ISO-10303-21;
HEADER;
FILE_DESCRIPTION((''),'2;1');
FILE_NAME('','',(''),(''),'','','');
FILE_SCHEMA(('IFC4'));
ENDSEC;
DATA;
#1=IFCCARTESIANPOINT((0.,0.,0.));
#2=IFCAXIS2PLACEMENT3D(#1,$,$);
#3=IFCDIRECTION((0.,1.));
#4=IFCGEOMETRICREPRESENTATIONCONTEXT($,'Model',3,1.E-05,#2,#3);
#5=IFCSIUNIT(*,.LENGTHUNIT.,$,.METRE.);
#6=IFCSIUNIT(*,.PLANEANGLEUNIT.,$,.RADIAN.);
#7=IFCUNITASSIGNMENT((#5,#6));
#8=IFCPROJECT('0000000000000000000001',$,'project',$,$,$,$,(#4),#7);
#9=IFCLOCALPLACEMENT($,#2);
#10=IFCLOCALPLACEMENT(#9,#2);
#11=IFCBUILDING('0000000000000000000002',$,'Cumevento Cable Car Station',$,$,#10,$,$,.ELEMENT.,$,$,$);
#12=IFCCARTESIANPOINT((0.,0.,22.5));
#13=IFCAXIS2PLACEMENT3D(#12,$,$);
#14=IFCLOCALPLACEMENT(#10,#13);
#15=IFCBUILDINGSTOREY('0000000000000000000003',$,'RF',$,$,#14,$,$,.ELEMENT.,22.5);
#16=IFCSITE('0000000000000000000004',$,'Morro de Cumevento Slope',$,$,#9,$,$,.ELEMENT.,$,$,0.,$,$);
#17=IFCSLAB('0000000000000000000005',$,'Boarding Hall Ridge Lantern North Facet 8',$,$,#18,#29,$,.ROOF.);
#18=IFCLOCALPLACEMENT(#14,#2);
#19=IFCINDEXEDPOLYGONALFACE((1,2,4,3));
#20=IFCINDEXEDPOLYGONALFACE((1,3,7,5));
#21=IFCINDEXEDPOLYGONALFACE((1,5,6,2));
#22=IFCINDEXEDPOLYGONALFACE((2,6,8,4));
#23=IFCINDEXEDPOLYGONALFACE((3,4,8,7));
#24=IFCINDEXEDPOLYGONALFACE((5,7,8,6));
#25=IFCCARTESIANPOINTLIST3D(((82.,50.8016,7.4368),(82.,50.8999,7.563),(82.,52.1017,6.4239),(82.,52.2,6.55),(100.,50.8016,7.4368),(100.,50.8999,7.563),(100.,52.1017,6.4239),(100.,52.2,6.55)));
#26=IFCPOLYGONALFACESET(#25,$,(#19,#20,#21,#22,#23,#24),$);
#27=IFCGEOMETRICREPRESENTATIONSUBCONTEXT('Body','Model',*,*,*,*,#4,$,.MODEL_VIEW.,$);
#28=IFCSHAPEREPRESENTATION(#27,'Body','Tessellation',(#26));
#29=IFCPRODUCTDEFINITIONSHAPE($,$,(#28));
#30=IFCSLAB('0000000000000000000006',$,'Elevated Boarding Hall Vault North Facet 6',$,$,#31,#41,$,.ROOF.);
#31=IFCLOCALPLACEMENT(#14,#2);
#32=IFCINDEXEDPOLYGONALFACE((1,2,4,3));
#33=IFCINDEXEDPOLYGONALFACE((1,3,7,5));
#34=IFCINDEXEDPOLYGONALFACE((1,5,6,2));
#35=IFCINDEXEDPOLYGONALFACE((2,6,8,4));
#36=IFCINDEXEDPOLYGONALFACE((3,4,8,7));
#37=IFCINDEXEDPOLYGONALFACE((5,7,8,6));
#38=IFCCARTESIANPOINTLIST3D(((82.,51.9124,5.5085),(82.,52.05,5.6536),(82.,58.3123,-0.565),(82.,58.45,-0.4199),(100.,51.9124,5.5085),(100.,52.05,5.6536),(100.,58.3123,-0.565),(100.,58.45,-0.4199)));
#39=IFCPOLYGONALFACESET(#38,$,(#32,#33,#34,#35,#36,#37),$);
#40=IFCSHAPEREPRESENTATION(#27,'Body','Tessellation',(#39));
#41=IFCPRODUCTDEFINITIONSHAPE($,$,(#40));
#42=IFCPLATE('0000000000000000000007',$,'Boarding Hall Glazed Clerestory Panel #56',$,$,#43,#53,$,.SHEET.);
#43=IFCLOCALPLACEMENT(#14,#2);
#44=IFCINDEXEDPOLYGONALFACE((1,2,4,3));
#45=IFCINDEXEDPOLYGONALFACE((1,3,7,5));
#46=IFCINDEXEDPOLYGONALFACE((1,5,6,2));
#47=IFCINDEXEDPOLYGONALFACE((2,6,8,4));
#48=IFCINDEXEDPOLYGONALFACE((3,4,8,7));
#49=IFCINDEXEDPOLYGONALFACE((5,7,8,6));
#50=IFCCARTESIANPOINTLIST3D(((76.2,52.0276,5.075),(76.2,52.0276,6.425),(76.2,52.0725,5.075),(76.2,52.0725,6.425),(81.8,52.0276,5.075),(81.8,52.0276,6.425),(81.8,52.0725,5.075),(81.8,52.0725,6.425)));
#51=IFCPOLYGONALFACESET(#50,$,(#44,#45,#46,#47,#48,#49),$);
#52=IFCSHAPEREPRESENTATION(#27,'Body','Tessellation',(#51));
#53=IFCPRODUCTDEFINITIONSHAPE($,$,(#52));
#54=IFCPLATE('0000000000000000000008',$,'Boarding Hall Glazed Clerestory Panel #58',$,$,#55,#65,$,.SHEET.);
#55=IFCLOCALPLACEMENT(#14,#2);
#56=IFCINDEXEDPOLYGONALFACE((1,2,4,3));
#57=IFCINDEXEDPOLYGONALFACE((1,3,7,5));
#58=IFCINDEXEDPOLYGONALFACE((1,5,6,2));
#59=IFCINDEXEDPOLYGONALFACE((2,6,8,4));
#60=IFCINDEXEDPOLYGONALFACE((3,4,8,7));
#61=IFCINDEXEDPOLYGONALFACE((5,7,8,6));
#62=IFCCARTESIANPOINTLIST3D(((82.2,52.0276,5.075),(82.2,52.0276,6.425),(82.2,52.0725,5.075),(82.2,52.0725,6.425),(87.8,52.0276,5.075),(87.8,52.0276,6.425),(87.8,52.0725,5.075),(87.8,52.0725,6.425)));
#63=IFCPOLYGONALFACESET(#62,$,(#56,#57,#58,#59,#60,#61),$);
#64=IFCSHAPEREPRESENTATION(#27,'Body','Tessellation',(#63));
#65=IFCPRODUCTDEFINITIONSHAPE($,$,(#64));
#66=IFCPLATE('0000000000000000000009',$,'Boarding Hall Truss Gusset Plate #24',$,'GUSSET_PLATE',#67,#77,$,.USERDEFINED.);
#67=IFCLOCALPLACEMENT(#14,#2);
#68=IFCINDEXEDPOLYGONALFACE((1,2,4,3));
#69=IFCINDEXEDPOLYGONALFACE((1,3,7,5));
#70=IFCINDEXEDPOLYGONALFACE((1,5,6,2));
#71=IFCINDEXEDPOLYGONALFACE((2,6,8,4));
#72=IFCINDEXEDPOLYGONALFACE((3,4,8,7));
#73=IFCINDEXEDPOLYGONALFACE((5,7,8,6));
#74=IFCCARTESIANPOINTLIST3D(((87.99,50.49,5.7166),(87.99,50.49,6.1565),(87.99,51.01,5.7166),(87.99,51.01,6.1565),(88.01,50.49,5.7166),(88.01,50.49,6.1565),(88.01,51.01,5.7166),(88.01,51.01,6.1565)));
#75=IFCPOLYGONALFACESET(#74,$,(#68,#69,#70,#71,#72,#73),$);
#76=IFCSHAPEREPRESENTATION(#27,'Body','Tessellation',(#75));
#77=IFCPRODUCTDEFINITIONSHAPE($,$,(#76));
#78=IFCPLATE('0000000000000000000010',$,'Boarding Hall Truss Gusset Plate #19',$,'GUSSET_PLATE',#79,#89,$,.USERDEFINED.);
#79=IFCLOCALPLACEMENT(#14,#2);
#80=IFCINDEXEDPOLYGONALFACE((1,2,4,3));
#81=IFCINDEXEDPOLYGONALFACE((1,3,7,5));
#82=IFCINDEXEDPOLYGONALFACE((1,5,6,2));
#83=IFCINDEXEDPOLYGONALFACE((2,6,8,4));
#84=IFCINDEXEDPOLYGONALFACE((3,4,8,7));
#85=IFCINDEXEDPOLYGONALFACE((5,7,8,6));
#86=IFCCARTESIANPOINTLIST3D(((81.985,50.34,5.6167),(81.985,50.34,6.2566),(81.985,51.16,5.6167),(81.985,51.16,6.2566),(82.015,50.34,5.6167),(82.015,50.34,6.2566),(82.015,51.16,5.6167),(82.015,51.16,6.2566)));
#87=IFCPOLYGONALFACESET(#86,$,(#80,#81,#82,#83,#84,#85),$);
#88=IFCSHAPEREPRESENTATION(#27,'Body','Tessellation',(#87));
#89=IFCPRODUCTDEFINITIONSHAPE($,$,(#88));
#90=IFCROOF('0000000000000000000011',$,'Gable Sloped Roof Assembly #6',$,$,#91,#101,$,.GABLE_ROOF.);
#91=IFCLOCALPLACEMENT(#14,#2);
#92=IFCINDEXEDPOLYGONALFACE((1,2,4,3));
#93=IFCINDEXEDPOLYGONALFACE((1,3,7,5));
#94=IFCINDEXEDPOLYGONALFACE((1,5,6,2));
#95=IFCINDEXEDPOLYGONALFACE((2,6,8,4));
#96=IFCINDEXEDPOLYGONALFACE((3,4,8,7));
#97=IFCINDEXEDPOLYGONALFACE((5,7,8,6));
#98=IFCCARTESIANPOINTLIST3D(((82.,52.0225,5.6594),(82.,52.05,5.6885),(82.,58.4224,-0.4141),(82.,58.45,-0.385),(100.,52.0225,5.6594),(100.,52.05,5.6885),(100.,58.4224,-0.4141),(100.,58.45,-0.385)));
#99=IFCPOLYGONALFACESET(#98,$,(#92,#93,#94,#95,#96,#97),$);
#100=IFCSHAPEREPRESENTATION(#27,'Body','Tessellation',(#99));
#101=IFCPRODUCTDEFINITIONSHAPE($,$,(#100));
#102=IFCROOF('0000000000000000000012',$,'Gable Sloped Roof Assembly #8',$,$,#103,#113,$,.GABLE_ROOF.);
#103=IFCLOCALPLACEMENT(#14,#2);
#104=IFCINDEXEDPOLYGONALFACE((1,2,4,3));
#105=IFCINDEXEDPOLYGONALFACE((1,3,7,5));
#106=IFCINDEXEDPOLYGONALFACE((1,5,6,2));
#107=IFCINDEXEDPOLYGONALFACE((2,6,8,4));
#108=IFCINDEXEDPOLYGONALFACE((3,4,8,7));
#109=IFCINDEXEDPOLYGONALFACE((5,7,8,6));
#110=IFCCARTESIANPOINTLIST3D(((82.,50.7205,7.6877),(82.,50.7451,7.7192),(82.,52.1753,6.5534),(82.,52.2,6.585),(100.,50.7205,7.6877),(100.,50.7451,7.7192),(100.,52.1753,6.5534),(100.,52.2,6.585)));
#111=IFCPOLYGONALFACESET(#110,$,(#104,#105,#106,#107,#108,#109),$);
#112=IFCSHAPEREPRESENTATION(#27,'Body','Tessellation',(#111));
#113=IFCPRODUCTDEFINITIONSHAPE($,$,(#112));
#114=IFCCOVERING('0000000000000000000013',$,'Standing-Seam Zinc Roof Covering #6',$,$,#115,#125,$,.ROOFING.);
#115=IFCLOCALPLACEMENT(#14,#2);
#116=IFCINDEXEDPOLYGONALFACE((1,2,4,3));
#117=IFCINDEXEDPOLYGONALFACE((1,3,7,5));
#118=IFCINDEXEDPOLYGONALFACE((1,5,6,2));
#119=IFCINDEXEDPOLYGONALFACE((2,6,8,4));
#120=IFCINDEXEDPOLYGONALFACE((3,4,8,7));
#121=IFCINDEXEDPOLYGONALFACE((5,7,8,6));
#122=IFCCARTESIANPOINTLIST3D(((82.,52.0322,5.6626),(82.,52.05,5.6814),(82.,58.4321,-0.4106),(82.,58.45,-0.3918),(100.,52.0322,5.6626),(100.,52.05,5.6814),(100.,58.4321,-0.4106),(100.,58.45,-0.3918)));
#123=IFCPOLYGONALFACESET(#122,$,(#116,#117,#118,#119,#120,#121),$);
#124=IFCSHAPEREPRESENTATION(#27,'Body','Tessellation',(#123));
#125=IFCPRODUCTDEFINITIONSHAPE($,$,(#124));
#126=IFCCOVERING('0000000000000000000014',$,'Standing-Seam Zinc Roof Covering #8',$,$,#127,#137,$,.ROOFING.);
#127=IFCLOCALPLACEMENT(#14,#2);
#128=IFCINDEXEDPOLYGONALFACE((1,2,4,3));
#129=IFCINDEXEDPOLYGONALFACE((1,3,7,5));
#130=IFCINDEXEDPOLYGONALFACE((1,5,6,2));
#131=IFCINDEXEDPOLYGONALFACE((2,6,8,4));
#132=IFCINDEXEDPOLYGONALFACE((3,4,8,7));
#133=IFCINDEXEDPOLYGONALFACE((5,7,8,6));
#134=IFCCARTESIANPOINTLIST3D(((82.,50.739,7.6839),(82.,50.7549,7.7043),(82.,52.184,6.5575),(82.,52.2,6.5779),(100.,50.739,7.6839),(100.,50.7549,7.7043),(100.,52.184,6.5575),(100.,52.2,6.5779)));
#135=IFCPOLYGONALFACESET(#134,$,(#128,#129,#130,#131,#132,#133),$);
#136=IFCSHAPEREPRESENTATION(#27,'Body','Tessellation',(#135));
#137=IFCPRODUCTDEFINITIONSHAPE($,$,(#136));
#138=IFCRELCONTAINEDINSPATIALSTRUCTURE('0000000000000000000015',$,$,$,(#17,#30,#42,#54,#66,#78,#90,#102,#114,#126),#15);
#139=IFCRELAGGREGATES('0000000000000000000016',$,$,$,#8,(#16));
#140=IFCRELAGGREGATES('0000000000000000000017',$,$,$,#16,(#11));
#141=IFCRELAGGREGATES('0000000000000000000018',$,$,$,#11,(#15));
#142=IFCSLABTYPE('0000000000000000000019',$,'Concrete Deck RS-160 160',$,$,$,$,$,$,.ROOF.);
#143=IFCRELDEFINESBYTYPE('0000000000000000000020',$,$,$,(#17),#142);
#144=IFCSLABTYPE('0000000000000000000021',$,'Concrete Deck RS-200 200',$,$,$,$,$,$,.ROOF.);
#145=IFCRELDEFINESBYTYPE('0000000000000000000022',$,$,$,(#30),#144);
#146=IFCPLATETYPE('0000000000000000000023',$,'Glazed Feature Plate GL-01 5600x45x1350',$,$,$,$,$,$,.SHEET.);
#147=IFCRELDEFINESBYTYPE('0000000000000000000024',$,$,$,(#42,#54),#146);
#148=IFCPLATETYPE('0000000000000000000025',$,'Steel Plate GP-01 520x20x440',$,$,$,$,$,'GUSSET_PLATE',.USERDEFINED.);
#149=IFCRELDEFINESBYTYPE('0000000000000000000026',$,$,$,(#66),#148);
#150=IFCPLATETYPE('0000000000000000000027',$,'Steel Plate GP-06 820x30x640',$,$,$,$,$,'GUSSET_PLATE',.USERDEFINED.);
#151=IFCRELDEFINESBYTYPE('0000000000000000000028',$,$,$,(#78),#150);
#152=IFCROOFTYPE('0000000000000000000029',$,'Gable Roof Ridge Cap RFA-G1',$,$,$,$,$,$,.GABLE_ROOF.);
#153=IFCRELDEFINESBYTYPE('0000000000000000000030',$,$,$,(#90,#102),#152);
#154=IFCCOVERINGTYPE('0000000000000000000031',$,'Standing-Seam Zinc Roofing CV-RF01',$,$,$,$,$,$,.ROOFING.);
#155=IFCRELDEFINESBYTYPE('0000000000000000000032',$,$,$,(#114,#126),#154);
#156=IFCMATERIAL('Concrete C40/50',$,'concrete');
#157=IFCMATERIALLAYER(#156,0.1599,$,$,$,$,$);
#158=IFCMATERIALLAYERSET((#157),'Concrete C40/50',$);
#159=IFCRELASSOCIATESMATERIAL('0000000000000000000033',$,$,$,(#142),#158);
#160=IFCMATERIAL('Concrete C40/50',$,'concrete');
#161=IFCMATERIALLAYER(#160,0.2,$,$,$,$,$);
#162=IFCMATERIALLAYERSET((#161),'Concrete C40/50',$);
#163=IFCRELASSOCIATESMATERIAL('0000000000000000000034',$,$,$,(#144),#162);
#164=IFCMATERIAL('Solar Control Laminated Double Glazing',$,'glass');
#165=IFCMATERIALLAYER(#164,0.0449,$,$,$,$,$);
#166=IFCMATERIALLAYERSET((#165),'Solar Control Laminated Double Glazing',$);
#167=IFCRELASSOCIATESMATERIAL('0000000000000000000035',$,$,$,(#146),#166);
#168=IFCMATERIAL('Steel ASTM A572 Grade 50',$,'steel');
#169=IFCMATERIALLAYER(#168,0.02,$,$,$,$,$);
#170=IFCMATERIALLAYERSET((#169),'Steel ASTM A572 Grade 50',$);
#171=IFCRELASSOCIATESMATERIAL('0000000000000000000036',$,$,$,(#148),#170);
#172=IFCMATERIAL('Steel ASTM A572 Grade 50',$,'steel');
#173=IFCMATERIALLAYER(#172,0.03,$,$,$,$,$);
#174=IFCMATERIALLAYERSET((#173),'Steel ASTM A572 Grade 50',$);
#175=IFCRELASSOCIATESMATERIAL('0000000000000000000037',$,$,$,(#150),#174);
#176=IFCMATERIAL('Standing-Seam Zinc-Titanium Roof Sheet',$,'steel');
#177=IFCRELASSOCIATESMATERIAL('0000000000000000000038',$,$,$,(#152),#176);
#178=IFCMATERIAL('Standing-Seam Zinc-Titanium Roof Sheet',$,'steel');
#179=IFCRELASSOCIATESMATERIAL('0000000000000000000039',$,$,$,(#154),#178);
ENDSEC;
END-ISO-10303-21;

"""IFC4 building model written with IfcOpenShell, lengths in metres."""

from ifc_helpers import new_model, si_unit, direction, frame, origin, origin_2d, place, context, subcontext, project, spatial, polyline, rectangle, outline, extrude, material, layer, layer_set, type_object, element, save


model = new_model("IFC4")

# Units and contexts
model_context = context("Model", 3, precision=1e-05, world=origin(), true_north=direction((0.0, 1.0)))
body_context = subcontext(model_context, "Body", "Model", "MODEL_VIEW")
ifc_project = project(units=[si_unit("LENGTHUNIT", "METRE"), si_unit("PLANEANGLEUNIT", "RADIAN")], contexts=[model_context])

# Site, building, storey
site_placement = place(None, origin())
site = spatial("IfcSite", under=ifc_project, at=site_placement, Name="Morro de Cumevento Slope", CompositionType="ELEMENT", RefElevation=0.0)
building_placement = place(site_placement, origin())
building = spatial("IfcBuilding", under=site, at=building_placement, Name="Cumevento Cable Car Station", CompositionType="ELEMENT")
storey_placement = place(building_placement, frame((0.0, 0.0, 22.5)))
storey = spatial("IfcBuildingStorey", under=building, at=storey_placement, Name="RF", CompositionType="ELEMENT", Elevation=22.5)

# Slabs
ifc_material_1 = material(Name="Concrete C40/50", Category="concrete")
ifc_layer_1 = layer(ifc_material_1, 0.1599)
ifc_layer_set_1 = layer_set([ifc_layer_1], Name="Concrete C40/50")
slab_type_1 = type_object("IfcSlabType", Name="Concrete Deck RS-160 160", PredefinedType="ROOF", material=ifc_layer_set_1)
slab_1_placement = place(storey_placement, frame((82.0, 50.8999, 7.563), z_axis=(0.0, 0.614617, 0.788825), x_axis=(1.0, 0.0, 0.0)))
element("IfcSlab", 1, at=slab_1_placement, inside=storey, type_object=slab_type_1, Name="Boarding Hall Ridge Lantern North Facet 8", PredefinedType="ROOF", context=body_context, shape_type="SweptSolid", body=[
    extrude(outline(polyline([(0.0, 0.0), (18.0, 0.0), (18.0, 1.6481), (0.0, 1.6481), (0.0, 0.0)])), origin(), (0.0, 0.0, -1.0), 0.1599),
])
ifc_material_2 = material(Name="Concrete C40/50", Category="concrete")
ifc_layer_2 = layer(ifc_material_2, 0.2)
ifc_layer_set_2 = layer_set([ifc_layer_2], Name="Concrete C40/50")
slab_type_2 = type_object("IfcSlabType", Name="Concrete Deck RS-200 200", PredefinedType="ROOF", material=ifc_layer_set_2)
slab_2_placement = place(storey_placement, frame((82.0, 52.05, 5.6536), z_axis=(0.0, 0.688367, 0.725363), x_axis=(1.0, 0.0, 0.0)))
element("IfcSlab", 2, at=slab_2_placement, inside=storey, type_object=slab_type_2, Name="Elevated Boarding Hall Vault North Facet 6", PredefinedType="ROOF", context=body_context, shape_type="SweptSolid", body=[
    extrude(outline(polyline([(0.0, 0.0), (18.0, 0.0), (18.0, 8.823), (0.0, 8.823), (0.0, 0.0)])), origin(), (0.0, 0.0, -1.0), 0.2),
])

# Plates
ifc_material_3 = material(Name="Solar Control Laminated Double Glazing", Category="glass")
ifc_layer_3 = layer(ifc_material_3, 0.0449)
ifc_layer_set_3 = layer_set([ifc_layer_3], Name="Solar Control Laminated Double Glazing")
plate_type_1 = type_object("IfcPlateType", Name="Glazed Feature Plate GL-01 5600x45x1350", PredefinedType="SHEET", material=ifc_layer_set_3)
for number, where, z_axis, x_axis, name in (
    (3, (79.0, 52.05, 5.075), (0.0, 0.0, 1.0), (1.0, 0.0, 0.0), "Boarding Hall Glazed Clerestory Panel #56"),
    (4, (85.0, 52.05, 5.075), (0.0, 0.0, 1.0), (1.0, 0.0, 0.0), "Boarding Hall Glazed Clerestory Panel #58"),
):
    element("IfcPlate", number, at=place(storey_placement, frame(where, z_axis=z_axis, x_axis=x_axis)), inside=storey, type_object=plate_type_1, Name=name, PredefinedType="SHEET", context=body_context, shape_type="SweptSolid", body=[
        extrude(rectangle(XDim=5.6001, YDim=0.0449, at=origin_2d()), origin(), (0.0, 0.0, 1.0), 1.3501),
    ])
ifc_material_4 = material(Name="Steel ASTM A572 Grade 50", Category="steel")
ifc_layer_4 = layer(ifc_material_4, 0.02)
ifc_layer_set_4 = layer_set([ifc_layer_4], Name="Steel ASTM A572 Grade 50")
plate_type_2 = type_object("IfcPlateType", Name="Steel Plate GP-01 520x20x440", ElementType="GUSSET_PLATE", PredefinedType="USERDEFINED", material=ifc_layer_set_4)
plate_1_placement = place(storey_placement, frame((88.0, 50.75, 5.7166), z_axis=(0.0, 0.0, 1.0), x_axis=(0.0, 1.0, 0.0)))
element("IfcPlate", 5, at=plate_1_placement, inside=storey, type_object=plate_type_2, Name="Boarding Hall Truss Gusset Plate #24", ObjectType="GUSSET_PLATE", PredefinedType="USERDEFINED", context=body_context, shape_type="SweptSolid", body=[
    extrude(rectangle(XDim=0.52, YDim=0.02, at=origin_2d()), origin(), (0.0, 0.0, 1.0), 0.4399),
])
ifc_material_5 = material(Name="Steel ASTM A572 Grade 50", Category="steel")
ifc_layer_5 = layer(ifc_material_5, 0.03)
ifc_layer_set_5 = layer_set([ifc_layer_5], Name="Steel ASTM A572 Grade 50")
plate_type_3 = type_object("IfcPlateType", Name="Steel Plate GP-06 820x30x640", ElementType="GUSSET_PLATE", PredefinedType="USERDEFINED", material=ifc_layer_set_5)
plate_2_placement = place(storey_placement, frame((82.0, 50.75, 5.6167), z_axis=(0.0, 0.0, 1.0), x_axis=(0.0, 1.0, 0.0)))
element("IfcPlate", 6, at=plate_2_placement, inside=storey, type_object=plate_type_3, Name="Boarding Hall Truss Gusset Plate #19", ObjectType="GUSSET_PLATE", PredefinedType="USERDEFINED", context=body_context, shape_type="SweptSolid", body=[
    extrude(rectangle(XDim=0.8201, YDim=0.03, at=origin_2d()), origin(), (0.0, 0.0, 1.0), 0.6399),
])

# Roofs
ifc_material_6 = material(Name="Standing-Seam Zinc-Titanium Roof Sheet", Category="steel")
roof_type = type_object("IfcRoofType", Name="Gable Roof Ridge Cap RFA-G1", PredefinedType="GABLE_ROOF", material=ifc_material_6)
roof_1_placement = place(storey_placement, frame((82.0, 52.05, 5.6885), z_axis=(0.0, 0.688367, 0.725363), x_axis=(1.0, 0.0, 0.0)))
element("IfcRoof", 7, at=roof_1_placement, inside=storey, type_object=roof_type, Name="Gable Sloped Roof Assembly #6", PredefinedType="GABLE_ROOF", context=body_context, shape_type="SweptSolid", body=[
    extrude(outline(polyline([(0.0, 0.0), (18.0, 0.0), (18.0, 8.823), (0.0, 8.823), (0.0, 0.0)])), origin(), (0.0, 0.0, -1.0), 0.04),
])
roof_2_placement = place(storey_placement, frame((82.0, 50.7451, 7.7192), z_axis=(0.0, 0.614866, 0.788632), x_axis=(1.0, 0.0, 0.0)))
element("IfcRoof", 8, at=roof_2_placement, inside=storey, type_object=roof_type, Name="Gable Sloped Roof Assembly #8", PredefinedType="GABLE_ROOF", context=body_context, shape_type="SweptSolid", body=[
    extrude(outline(polyline([(0.0, 0.0), (18.0, 0.0), (18.0, 1.8448), (0.0, 1.8448), (0.0, 0.0)])), origin(), (0.0, 0.0, -1.0), 0.04),
])

# Coverings
ifc_material_7 = material(Name="Standing-Seam Zinc-Titanium Roof Sheet", Category="steel")
covering_type_1 = type_object("IfcCoveringType", Name="Standing-Seam Zinc Roofing CV-RF01", PredefinedType="ROOFING", material=ifc_material_7)
covering_1_placement = place(storey_placement, frame((82.0, 52.05, 5.6814), z_axis=(0.0, 0.688352, 0.725377), x_axis=(1.0, 0.0, 0.0)))
element("IfcCovering", 9, at=covering_1_placement, inside=storey, type_object=covering_type_1, Name="Standing-Seam Zinc Roof Covering #6", PredefinedType="ROOFING", context=body_context, shape_type="SweptSolid", body=[
    extrude(outline(polyline([(0.0, 0.0), (18.0, 0.0), (18.0, 8.8229), (0.0, 8.8229), (0.0, 0.0)])), origin(), (0.0, 0.0, -1.0), 0.0259),
])
covering_2_placement = place(storey_placement, frame((82.0, 50.7549, 7.7043), z_axis=(0.0, 0.614798, 0.788684), x_axis=(1.0, 0.0, 0.0)))
element("IfcCovering", 10, at=covering_2_placement, inside=storey, type_object=covering_type_1, Name="Standing-Seam Zinc Roof Covering #8", PredefinedType="ROOFING", context=body_context, shape_type="SweptSolid", body=[
    extrude(outline(polyline([(0.0, 0.0), (18.0, 0.0), (18.0, 1.8323), (0.0, 1.8323), (0.0, 0.0)])), origin(), (0.0, 0.0, -1.0), 0.0259),
])

save(model, "model.ifc")
